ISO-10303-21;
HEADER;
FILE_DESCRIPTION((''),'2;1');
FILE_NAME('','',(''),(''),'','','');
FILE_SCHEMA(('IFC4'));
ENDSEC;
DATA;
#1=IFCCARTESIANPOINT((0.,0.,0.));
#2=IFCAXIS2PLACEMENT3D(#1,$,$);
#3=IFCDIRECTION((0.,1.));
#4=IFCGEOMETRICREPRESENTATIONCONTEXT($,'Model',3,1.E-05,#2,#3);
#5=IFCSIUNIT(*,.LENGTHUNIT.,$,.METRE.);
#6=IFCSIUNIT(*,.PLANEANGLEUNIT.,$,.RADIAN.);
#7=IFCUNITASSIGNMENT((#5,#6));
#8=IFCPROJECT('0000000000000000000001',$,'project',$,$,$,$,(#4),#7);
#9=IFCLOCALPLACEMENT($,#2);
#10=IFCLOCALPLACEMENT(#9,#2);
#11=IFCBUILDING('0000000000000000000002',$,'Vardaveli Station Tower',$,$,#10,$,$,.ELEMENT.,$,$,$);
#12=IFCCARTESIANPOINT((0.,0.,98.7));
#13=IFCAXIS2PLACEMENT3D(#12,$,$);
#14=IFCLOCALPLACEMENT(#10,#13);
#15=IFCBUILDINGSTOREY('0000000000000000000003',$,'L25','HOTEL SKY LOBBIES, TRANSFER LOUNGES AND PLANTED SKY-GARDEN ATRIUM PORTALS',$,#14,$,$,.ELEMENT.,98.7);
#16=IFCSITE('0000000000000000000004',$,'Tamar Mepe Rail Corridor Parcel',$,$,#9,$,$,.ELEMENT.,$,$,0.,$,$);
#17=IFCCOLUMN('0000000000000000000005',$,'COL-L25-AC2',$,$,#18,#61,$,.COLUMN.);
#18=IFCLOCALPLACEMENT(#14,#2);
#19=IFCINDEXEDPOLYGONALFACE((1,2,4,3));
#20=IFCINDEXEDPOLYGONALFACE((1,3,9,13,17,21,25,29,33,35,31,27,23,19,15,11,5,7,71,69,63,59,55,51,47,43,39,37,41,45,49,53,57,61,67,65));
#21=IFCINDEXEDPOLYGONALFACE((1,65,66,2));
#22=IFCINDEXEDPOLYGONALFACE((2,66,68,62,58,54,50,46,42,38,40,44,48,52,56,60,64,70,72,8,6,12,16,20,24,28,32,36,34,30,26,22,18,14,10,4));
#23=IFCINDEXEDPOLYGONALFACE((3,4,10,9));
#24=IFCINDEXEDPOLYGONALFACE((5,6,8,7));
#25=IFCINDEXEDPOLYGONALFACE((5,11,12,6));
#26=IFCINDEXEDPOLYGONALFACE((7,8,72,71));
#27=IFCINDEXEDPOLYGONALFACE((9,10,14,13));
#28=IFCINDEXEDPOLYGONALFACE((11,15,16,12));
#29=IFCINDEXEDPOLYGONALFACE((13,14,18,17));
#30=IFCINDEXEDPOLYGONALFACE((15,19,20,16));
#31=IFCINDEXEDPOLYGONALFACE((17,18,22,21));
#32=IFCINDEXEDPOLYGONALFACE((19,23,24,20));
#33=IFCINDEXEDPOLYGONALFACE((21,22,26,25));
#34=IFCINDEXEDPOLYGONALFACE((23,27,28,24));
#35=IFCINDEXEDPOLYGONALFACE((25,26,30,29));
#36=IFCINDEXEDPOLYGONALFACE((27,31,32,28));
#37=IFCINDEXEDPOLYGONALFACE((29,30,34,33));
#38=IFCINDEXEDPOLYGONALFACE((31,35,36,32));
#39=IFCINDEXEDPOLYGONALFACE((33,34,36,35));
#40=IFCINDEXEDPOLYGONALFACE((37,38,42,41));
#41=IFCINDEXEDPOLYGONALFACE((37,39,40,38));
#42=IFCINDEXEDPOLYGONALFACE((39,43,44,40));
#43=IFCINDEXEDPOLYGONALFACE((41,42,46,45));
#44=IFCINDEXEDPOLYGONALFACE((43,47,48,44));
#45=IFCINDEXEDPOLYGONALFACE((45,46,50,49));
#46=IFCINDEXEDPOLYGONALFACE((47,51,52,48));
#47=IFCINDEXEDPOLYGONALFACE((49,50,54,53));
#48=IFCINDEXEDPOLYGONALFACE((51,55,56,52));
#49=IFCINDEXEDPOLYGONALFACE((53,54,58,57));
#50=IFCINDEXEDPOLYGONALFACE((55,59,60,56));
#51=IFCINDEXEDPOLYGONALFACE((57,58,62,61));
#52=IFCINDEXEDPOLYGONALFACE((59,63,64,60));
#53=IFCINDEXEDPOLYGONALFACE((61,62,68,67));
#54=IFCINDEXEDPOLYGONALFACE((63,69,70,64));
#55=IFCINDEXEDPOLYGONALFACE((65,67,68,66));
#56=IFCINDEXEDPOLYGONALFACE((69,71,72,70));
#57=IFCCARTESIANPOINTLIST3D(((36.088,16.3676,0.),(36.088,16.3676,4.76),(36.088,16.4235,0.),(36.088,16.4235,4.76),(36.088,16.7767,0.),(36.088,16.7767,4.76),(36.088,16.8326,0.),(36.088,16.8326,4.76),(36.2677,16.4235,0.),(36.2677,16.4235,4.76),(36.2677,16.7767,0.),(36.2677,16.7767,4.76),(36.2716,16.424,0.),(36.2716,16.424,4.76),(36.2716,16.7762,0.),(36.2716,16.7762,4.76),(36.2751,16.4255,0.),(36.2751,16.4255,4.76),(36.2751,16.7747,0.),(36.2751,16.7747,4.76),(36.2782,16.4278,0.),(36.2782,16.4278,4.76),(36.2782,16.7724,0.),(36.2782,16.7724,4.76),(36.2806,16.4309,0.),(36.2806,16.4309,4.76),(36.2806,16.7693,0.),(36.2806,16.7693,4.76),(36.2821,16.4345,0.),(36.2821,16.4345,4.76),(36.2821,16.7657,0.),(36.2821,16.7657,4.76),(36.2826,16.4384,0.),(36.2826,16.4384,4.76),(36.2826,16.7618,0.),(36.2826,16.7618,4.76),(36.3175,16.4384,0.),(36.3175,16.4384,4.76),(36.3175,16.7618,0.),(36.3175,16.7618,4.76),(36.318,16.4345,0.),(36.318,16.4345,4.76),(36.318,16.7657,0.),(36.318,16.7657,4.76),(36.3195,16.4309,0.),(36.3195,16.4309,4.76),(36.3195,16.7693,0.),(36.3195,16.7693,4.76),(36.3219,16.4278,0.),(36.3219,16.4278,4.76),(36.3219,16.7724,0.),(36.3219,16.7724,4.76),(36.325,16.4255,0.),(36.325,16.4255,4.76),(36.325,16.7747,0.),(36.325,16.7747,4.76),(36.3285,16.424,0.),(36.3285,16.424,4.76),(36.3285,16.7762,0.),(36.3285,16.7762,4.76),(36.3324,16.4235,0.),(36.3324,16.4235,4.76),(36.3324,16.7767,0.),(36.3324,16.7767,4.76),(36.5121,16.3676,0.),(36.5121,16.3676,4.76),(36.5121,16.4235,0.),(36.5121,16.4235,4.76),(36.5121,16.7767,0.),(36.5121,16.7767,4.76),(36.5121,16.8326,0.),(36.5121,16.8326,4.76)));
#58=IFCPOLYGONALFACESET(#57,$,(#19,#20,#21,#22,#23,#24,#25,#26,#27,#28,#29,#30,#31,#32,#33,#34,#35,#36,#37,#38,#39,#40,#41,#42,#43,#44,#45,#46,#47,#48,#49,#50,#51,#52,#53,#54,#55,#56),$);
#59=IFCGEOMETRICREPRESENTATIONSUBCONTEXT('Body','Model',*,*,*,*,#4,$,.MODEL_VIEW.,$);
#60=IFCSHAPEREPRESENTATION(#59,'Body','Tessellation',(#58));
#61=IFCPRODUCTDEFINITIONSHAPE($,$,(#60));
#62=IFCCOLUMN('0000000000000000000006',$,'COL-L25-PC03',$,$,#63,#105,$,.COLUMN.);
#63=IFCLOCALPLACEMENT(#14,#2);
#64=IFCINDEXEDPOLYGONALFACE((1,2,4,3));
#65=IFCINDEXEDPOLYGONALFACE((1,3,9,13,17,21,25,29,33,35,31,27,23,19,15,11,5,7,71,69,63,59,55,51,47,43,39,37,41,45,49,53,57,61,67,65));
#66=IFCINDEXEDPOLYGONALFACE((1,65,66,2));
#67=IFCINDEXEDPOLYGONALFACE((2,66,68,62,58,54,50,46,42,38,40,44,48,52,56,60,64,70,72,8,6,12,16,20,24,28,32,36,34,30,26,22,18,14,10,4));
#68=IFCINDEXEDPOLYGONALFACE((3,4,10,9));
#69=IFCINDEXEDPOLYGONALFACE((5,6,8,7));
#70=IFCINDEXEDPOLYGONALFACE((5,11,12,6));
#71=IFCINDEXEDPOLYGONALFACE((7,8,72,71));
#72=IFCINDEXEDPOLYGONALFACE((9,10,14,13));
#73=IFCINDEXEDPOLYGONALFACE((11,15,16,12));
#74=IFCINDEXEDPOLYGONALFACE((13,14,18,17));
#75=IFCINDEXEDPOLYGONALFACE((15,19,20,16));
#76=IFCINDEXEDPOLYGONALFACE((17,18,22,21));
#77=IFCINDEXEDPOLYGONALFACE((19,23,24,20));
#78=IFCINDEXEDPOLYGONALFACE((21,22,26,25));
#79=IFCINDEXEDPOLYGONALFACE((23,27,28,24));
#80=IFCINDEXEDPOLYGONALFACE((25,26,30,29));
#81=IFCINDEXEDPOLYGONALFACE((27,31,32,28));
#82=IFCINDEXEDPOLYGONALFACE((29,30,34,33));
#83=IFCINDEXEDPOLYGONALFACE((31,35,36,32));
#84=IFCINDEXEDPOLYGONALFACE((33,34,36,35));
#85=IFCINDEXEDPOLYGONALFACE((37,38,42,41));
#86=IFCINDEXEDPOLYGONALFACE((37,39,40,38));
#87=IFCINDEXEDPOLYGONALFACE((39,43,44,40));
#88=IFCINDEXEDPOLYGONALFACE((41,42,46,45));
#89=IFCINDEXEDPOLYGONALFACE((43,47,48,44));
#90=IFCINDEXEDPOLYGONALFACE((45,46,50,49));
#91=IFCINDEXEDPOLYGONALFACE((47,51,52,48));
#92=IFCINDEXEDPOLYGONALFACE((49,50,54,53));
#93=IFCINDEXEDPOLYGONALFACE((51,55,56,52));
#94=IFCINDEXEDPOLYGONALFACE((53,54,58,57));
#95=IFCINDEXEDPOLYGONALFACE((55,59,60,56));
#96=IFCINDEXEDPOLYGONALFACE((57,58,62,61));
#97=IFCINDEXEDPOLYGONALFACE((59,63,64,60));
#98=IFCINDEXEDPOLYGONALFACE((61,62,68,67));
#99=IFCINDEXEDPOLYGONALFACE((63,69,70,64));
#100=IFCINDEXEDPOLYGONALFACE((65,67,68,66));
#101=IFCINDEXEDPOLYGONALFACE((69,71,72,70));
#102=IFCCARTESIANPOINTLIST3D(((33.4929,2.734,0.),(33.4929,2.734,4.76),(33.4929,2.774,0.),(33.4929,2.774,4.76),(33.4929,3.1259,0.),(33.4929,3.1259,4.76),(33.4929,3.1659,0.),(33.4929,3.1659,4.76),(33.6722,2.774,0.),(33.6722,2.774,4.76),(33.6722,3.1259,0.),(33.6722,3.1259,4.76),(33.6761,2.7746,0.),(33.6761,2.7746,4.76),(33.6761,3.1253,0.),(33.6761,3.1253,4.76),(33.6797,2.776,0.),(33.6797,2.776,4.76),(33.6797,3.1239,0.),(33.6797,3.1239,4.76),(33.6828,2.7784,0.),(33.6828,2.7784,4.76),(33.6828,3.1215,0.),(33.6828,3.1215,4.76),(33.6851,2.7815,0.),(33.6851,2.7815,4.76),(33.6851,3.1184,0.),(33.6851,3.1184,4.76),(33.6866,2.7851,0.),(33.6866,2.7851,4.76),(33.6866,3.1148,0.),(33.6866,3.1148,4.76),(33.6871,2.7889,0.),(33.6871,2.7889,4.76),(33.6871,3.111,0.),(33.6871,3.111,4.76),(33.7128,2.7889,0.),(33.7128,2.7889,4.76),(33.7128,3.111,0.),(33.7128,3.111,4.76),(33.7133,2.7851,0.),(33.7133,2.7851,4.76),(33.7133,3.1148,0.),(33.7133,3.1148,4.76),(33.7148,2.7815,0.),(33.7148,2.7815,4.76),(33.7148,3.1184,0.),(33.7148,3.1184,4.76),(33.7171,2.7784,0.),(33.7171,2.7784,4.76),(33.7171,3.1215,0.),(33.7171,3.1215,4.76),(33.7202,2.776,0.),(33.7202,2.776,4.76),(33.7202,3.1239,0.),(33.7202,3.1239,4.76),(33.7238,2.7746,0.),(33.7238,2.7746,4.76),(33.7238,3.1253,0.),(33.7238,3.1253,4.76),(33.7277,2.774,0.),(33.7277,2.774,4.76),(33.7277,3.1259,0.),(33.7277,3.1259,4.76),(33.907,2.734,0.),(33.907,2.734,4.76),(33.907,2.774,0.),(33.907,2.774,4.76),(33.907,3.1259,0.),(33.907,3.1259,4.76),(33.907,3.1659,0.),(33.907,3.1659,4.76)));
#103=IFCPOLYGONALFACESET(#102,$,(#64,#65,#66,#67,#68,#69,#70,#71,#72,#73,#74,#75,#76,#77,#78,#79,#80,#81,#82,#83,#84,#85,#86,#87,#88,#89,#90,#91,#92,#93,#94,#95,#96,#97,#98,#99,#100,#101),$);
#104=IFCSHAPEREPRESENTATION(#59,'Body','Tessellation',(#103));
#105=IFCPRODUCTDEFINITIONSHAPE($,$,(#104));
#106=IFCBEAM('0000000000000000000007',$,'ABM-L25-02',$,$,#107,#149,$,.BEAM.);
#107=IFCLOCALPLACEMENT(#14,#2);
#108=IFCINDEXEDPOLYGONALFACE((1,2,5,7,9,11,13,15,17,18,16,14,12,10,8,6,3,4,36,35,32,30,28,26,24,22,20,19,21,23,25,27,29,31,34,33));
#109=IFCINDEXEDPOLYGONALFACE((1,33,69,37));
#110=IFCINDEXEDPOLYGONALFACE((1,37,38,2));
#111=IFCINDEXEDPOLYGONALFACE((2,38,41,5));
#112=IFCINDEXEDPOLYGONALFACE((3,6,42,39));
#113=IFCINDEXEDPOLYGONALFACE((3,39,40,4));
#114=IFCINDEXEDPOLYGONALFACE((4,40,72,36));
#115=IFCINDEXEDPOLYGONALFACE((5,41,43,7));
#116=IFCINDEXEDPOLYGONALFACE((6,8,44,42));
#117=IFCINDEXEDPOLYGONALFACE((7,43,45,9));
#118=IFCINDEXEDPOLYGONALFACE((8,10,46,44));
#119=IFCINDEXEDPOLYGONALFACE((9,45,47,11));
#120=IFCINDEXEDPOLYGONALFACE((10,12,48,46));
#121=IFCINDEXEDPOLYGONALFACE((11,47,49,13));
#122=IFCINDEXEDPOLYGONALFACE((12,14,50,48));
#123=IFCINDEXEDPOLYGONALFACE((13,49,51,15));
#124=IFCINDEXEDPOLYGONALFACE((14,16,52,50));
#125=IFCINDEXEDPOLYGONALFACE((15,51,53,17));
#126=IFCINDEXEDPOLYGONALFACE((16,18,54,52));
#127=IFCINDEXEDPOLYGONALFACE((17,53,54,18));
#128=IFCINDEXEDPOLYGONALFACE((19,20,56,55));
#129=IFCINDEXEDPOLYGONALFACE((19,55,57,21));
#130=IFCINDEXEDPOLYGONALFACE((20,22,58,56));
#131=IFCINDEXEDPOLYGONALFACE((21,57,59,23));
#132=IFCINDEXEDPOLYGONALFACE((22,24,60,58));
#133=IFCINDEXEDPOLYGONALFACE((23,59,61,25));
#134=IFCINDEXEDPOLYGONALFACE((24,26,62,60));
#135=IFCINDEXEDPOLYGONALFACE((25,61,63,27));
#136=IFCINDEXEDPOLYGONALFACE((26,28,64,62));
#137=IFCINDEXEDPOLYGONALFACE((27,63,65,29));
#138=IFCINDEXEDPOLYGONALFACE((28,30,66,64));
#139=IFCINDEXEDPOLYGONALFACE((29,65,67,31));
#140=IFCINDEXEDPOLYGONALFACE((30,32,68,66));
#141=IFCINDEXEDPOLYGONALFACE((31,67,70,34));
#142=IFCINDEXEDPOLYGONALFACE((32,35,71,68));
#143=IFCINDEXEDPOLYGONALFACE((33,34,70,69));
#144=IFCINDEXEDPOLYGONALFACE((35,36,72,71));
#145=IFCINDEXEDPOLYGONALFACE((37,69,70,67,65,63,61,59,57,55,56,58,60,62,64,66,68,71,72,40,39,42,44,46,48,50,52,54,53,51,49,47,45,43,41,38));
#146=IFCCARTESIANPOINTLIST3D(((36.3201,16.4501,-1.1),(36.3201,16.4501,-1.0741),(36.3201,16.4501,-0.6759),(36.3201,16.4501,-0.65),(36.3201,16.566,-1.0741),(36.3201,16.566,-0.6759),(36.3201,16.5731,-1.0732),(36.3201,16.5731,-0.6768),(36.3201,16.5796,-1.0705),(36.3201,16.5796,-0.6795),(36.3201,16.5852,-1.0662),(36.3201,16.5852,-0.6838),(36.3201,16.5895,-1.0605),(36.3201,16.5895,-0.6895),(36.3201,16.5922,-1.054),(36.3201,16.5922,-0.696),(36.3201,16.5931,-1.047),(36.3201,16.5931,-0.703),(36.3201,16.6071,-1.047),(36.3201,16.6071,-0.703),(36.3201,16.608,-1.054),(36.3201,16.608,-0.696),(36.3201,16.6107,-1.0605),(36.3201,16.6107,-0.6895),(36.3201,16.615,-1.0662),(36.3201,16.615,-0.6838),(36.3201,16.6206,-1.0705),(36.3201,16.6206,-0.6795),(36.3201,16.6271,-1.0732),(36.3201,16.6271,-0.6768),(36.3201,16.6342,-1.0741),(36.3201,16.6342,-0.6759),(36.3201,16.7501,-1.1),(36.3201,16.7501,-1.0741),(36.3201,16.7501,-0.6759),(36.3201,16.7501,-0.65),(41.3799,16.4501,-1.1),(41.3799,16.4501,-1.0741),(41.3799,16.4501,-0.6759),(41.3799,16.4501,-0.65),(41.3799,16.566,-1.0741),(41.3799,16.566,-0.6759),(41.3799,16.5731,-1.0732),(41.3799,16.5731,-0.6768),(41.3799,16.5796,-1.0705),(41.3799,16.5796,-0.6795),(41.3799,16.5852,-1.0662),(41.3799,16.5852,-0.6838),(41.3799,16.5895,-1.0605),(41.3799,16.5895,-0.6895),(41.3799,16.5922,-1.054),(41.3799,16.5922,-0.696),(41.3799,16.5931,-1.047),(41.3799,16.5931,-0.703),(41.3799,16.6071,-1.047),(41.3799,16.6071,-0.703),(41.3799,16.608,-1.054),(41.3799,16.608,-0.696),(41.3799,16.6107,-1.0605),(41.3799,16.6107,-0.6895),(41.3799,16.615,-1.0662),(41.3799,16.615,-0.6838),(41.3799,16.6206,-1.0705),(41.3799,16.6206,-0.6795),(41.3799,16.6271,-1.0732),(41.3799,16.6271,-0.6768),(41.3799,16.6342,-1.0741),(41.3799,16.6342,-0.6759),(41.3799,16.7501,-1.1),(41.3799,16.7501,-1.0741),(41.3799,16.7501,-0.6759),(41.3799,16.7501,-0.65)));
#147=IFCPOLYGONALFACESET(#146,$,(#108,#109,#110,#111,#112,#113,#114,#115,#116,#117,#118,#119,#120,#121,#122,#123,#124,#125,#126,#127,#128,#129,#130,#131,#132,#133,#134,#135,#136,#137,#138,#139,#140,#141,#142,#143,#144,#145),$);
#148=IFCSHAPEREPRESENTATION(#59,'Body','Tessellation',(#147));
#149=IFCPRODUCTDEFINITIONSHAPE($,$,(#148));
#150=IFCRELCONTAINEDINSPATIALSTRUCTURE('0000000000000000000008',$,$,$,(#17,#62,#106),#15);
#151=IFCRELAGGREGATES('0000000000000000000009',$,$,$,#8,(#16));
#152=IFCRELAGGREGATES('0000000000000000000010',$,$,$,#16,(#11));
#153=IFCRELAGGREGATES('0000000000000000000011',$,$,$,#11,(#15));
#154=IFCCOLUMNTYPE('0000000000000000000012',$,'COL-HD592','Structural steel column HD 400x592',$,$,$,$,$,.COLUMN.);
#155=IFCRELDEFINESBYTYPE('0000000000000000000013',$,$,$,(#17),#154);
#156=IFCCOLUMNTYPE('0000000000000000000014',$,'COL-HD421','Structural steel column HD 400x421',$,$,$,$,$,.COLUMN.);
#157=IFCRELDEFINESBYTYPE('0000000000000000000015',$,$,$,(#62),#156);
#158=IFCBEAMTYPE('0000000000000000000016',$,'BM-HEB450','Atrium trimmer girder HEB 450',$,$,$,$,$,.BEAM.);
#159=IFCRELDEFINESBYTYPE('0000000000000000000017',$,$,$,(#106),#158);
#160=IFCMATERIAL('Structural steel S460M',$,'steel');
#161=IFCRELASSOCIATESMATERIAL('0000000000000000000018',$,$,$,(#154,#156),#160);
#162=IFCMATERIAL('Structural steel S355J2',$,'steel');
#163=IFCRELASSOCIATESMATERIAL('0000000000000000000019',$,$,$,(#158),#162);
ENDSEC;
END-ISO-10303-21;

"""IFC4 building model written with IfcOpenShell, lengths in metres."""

from ifc_helpers import new_model, si_unit, direction, frame, origin, origin_2d, place, context, subcontext, project, spatial, i_section, extrude, source, transform, mapped, material, material_profile, profile_set, type_object, element, save


model = new_model("IFC4")

# Units and contexts
model_context = context("Model", 3, precision=1e-05, world=origin(), true_north=direction((0.0, 1.0)))
body_context = subcontext(model_context, "Body", "Model", "MODEL_VIEW")
ifc_project = project(units=[si_unit("LENGTHUNIT", "METRE"), si_unit("PLANEANGLEUNIT", "RADIAN")], contexts=[model_context])

# Site, building, storey
site_placement = place(None, origin())
site = spatial("IfcSite", under=ifc_project, at=site_placement, Name="Tamar Mepe Rail Corridor Parcel", CompositionType="ELEMENT", RefElevation=0.0)
building_placement = place(site_placement, origin())
building = spatial("IfcBuilding", under=site, at=building_placement, Name="Vardaveli Station Tower", CompositionType="ELEMENT")
storey_placement = place(building_placement, frame((0.0, 0.0, 98.7)))
storey = spatial("IfcBuildingStorey", under=building, at=storey_placement, Name="L25", Description="HOTEL SKY LOBBIES, TRANSFER LOUNGES AND PLANTED SKY-GARDEN ATRIUM PORTALS", CompositionType="ELEMENT", Elevation=98.7)

# Columns
ifc_material_1 = material(Name="Structural steel S460M", Category="steel")
ifc_material_profile_1 = material_profile(ifc_material_1, i_section(OverallWidth=0.4241, OverallDepth=0.4651, WebThickness=0.0349, FlangeThickness=0.0559, FilletRadius=0.0149, at=origin_2d()), Name="HD 400x592")
ifc_profile_set_1 = profile_set([ifc_material_profile_1], Name="Structural steel S460M")
column_type_1 = type_object("IfcColumnType", Name="COL-HD592", Description="Structural steel column HD 400x592", PredefinedType="COLUMN", material=ifc_profile_set_1)
shared_shape_1 = source(origin(), body_context, "Body", "SweptSolid", [
    extrude(i_section(OverallWidth=0.4241, OverallDepth=0.4651, WebThickness=0.0349, FlangeThickness=0.0559, FilletRadius=0.0149, at=origin_2d()), origin(), (0.0, 0.0, 1.0), 4.76),
])
column_1_placement = place(storey_placement, frame((36.3, 16.6001, 0.0), z_axis=(0.0, 0.0, 1.0), x_axis=(1.0, 0.0, 0.0)))
element("IfcColumn", 1, at=column_1_placement, inside=storey, type_object=column_type_1, Name="COL-L25-AC2", PredefinedType="COLUMN", context=body_context, shape_type="MappedRepresentation", body=[
    mapped(shared_shape_1, transform((0.0, 0.0, 0.0), scale=1.0)),
])
ifc_material_profile_2 = material_profile(ifc_material_1, i_section(OverallWidth=0.4141, OverallDepth=0.4319, WebThickness=0.0256, FlangeThickness=0.04, FilletRadius=0.0149, at=origin_2d()), Name="HD 400x421")
ifc_profile_set_2 = profile_set([ifc_material_profile_2], Name="Structural steel S460M")
column_type_2 = type_object("IfcColumnType", Name="COL-HD421", Description="Structural steel column HD 400x421", PredefinedType="COLUMN", material=ifc_profile_set_2)
shared_shape_2 = source(origin(), body_context, "Body", "SweptSolid", [
    extrude(i_section(OverallWidth=0.4141, OverallDepth=0.4319, WebThickness=0.0256, FlangeThickness=0.04, FilletRadius=0.0149, at=origin_2d()), origin(), (0.0, 0.0, 1.0), 4.76),
])
column_2_placement = place(storey_placement, frame((33.7, 2.95, 0.0), z_axis=(0.0, 0.0, 1.0), x_axis=(1.0, 0.0, 0.0)))
element("IfcColumn", 2, at=column_2_placement, inside=storey, type_object=column_type_2, Name="COL-L25-PC03", PredefinedType="COLUMN", context=body_context, shape_type="MappedRepresentation", body=[
    mapped(shared_shape_2, transform((0.0, 0.0, 0.0), scale=1.0)),
])

# Beam
ifc_material_2 = material(Name="Structural steel S355J2", Category="steel")
ifc_material_profile_3 = material_profile(ifc_material_2, i_section(OverallWidth=0.3, OverallDepth=0.45, WebThickness=0.0139, FlangeThickness=0.0259, FilletRadius=0.0271, at=origin_2d()), Name="HEB 450")
ifc_profile_set_3 = profile_set([ifc_material_profile_3], Name="Structural steel S355J2")
beam_type_1 = type_object("IfcBeamType", Name="BM-HEB450", Description="Atrium trimmer girder HEB 450", PredefinedType="BEAM", material=ifc_profile_set_3)
shared_shape_3 = source(origin(), body_context, "Body", "SweptSolid", [
    extrude(i_section(OverallWidth=0.3, OverallDepth=0.45, WebThickness=0.0139, FlangeThickness=0.0259, FilletRadius=0.0271, at=origin_2d()), origin(), (0.0, 0.0, 1.0), 5.0598),
])
beam_1_placement = place(storey_placement, frame((36.3201, 16.6001, -0.875), z_axis=(1.0, 0.0, 0.0), x_axis=(0.0, 1.0, 0.0)))
element("IfcBeam", 3, at=beam_1_placement, inside=storey, type_object=beam_type_1, Name="ABM-L25-02", PredefinedType="BEAM", context=body_context, shape_type="MappedRepresentation", body=[
    mapped(shared_shape_3, transform((0.0, 0.0, 0.0), scale=1.0)),
])

save(model, "model.ifc")
